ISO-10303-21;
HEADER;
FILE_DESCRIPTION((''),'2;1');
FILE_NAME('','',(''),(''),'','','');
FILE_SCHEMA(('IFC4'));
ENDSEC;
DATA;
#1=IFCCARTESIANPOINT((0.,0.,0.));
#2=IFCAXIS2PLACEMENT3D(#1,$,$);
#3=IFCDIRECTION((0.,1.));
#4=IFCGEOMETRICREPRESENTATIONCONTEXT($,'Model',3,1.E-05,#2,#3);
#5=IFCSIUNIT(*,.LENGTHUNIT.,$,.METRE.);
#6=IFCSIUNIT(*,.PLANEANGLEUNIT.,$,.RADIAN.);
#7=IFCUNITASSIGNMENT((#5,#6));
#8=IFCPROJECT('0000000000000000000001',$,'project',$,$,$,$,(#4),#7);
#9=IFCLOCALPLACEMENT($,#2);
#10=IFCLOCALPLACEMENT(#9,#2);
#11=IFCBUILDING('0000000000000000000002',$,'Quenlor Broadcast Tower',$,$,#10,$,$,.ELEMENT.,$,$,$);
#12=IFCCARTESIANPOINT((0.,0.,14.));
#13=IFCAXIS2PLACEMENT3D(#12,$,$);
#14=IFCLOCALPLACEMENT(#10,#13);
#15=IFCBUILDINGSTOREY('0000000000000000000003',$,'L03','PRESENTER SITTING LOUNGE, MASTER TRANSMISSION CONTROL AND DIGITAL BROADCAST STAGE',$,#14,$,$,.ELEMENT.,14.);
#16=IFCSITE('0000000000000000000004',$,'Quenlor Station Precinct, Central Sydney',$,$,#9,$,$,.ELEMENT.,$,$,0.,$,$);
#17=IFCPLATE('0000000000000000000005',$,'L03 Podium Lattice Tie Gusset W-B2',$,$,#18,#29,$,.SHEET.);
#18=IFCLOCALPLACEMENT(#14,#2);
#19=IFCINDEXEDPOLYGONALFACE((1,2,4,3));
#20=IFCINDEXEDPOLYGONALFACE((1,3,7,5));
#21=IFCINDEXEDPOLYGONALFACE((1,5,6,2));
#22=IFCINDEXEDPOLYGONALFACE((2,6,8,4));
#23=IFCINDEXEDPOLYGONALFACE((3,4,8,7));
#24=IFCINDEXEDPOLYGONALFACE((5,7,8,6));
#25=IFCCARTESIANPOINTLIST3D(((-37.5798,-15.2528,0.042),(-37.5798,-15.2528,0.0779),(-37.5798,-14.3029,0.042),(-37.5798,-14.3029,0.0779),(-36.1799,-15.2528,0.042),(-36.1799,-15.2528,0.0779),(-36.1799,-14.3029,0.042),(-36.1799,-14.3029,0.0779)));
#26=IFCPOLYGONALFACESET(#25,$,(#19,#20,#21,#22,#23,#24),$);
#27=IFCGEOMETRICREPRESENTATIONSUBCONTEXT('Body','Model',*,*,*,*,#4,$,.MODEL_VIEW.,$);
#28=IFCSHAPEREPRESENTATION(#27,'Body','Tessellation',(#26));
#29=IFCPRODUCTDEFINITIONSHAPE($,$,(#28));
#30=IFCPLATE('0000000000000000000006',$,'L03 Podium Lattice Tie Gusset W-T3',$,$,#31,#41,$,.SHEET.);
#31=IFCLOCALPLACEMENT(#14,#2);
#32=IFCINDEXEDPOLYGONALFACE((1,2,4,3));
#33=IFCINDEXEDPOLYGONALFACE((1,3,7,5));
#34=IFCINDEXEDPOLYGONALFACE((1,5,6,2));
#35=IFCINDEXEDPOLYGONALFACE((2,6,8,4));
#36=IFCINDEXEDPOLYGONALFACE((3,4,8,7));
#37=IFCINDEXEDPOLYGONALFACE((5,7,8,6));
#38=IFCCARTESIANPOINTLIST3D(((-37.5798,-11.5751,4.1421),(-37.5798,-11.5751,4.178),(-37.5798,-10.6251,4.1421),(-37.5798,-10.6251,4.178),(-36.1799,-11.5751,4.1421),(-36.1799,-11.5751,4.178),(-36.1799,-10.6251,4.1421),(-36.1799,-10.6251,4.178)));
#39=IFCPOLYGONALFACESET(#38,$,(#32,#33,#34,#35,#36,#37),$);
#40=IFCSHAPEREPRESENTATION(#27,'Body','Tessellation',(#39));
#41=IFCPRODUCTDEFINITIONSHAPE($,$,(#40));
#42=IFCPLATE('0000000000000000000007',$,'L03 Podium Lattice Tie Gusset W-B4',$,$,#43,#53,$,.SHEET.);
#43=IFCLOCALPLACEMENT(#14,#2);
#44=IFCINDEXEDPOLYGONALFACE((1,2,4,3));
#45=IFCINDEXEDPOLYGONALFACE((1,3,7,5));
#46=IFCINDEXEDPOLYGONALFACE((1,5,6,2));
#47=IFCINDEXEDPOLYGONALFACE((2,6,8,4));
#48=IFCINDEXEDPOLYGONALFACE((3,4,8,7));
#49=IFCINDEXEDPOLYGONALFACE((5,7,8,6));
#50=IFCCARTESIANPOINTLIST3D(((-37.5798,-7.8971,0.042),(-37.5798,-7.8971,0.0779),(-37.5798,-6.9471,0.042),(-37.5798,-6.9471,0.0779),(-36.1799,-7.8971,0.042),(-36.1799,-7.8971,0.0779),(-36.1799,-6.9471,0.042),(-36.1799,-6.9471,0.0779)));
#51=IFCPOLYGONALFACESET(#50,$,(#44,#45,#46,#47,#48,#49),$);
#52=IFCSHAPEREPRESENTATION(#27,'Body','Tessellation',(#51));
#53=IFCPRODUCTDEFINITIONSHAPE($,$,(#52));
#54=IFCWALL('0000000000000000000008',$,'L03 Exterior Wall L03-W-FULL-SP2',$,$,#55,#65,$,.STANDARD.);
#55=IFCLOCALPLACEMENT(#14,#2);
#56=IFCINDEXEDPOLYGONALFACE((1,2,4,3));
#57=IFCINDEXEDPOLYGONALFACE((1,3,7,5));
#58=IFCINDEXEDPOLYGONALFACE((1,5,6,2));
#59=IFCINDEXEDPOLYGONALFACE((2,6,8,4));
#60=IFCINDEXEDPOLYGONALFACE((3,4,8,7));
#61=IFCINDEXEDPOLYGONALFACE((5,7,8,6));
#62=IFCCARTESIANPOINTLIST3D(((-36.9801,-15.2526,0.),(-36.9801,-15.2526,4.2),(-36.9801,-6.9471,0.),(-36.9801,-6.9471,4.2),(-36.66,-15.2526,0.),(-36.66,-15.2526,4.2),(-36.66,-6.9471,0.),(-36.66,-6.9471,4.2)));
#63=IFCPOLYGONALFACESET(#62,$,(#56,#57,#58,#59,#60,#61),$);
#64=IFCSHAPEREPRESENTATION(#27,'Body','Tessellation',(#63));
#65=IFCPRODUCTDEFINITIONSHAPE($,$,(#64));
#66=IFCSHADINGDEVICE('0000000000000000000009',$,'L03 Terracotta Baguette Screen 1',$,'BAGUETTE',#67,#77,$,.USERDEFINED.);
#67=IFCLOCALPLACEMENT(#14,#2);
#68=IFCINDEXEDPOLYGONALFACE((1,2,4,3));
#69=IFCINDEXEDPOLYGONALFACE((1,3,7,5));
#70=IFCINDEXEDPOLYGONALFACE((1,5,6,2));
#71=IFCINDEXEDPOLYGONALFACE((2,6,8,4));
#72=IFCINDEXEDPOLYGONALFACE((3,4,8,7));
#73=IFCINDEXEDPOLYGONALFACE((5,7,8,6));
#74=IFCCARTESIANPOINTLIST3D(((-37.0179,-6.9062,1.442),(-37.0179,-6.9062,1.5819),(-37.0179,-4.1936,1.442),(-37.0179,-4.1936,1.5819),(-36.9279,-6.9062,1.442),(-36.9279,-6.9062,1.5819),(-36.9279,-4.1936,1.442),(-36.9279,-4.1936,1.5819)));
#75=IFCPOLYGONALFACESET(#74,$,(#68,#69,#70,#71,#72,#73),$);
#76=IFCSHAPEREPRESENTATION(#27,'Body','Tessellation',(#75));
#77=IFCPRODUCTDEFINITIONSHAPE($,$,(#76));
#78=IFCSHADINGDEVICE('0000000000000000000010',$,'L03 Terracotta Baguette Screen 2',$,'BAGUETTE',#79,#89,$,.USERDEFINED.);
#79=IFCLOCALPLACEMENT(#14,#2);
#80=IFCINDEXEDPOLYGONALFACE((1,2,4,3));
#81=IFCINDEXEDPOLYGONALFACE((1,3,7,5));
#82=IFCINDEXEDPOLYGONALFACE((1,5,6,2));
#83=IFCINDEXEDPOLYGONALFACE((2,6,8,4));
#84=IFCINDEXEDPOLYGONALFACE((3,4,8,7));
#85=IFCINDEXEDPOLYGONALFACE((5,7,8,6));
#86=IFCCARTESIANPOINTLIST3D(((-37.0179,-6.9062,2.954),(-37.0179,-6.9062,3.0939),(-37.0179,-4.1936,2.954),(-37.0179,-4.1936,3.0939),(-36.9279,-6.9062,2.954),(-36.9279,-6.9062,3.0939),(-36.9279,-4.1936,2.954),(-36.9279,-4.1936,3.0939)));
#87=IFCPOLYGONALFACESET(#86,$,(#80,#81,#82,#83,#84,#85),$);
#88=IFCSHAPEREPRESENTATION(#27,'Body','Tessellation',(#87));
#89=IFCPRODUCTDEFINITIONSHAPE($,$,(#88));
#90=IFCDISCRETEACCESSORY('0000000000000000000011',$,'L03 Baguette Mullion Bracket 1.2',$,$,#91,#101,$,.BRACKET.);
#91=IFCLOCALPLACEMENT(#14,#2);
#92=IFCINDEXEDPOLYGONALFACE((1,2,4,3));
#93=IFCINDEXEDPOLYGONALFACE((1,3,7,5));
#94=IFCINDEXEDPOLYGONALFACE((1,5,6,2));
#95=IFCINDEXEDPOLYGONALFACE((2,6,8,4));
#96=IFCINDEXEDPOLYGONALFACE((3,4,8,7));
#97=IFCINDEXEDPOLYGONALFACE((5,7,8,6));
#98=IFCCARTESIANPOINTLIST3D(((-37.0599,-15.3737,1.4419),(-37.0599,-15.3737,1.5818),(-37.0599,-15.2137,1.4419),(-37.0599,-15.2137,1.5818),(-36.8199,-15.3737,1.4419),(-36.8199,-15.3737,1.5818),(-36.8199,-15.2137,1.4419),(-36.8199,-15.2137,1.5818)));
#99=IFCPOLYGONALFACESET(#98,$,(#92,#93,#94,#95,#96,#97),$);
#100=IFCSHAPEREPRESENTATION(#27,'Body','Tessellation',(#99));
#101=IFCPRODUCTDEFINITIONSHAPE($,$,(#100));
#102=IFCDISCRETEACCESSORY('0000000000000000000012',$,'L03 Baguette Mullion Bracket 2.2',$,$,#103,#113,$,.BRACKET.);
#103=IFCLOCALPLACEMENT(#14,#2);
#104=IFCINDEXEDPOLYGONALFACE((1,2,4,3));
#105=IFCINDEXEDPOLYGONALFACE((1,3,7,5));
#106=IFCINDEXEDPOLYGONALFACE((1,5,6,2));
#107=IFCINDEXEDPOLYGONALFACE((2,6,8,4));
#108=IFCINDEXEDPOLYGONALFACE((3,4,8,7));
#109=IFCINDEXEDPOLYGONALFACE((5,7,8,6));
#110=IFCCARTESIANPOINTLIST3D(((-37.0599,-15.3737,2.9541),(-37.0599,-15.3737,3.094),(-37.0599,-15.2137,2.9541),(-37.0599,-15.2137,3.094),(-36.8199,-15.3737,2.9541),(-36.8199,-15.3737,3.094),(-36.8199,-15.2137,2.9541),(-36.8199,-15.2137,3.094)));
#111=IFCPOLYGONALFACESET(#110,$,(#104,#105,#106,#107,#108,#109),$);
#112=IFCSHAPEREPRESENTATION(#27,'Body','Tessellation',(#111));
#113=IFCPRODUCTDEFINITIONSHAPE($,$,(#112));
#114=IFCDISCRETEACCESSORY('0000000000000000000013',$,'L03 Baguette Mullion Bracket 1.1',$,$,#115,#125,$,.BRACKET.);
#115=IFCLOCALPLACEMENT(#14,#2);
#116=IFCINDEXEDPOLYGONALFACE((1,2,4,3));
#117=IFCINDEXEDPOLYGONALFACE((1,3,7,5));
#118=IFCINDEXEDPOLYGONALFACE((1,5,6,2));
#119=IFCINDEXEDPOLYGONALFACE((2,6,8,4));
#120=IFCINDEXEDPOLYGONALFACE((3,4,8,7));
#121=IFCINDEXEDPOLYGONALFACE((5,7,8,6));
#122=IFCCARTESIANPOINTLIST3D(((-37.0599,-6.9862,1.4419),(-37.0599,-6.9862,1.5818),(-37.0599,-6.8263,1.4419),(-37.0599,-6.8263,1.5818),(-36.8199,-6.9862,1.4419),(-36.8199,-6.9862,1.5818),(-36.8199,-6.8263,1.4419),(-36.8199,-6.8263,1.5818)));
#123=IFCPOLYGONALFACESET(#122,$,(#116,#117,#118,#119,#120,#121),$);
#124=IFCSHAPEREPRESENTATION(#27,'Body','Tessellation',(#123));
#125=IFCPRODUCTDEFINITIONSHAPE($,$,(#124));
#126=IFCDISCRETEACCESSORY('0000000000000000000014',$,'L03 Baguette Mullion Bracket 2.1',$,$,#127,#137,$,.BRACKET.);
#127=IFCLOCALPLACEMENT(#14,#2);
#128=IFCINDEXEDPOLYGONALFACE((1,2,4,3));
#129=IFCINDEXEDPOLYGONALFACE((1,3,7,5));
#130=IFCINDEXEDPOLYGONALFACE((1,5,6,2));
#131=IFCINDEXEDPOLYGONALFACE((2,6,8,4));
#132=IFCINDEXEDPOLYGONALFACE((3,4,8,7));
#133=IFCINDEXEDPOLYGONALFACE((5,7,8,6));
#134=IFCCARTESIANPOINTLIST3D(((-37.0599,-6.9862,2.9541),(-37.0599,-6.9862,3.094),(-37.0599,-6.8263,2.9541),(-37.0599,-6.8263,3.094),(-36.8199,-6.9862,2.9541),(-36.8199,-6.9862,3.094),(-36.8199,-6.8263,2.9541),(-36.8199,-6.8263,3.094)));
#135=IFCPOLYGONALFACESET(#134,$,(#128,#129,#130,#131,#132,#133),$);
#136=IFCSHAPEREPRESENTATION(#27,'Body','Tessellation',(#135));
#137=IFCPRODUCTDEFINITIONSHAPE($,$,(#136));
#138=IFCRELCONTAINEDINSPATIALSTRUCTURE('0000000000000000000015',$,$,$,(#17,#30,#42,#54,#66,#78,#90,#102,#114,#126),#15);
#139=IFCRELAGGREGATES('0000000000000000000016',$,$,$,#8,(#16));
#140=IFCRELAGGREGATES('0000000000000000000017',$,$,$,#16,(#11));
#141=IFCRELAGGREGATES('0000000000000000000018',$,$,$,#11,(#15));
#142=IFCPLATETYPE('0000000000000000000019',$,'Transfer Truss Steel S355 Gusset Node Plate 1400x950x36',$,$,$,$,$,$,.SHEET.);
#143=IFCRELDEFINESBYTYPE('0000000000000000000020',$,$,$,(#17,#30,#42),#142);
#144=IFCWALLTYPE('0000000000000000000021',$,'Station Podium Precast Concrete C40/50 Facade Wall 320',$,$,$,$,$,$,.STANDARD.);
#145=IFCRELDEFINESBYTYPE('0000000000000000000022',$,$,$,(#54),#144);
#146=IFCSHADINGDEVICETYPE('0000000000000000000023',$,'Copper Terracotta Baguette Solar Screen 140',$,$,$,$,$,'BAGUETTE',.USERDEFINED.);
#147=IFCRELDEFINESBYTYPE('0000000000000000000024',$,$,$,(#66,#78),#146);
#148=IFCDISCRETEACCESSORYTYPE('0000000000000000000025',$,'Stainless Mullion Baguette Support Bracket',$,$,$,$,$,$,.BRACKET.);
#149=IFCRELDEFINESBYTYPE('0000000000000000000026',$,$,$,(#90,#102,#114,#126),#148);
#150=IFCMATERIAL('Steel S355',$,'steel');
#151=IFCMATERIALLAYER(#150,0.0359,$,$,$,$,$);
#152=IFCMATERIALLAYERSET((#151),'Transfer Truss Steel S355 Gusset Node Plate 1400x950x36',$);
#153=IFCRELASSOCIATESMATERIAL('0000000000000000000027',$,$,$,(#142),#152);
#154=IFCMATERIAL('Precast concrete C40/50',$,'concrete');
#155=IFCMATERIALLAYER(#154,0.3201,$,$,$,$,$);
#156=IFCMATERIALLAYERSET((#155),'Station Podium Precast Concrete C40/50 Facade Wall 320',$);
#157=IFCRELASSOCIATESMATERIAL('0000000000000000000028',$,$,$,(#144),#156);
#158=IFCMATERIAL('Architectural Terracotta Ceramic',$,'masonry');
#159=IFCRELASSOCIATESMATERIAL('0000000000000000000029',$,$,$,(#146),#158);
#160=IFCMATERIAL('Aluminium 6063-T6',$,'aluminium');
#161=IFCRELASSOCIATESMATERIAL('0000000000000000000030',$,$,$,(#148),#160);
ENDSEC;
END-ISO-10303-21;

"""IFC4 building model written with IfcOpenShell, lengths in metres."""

from ifc_helpers import new_model, si_unit, direction, frame, frame_2d, origin, origin_2d, place, context, subcontext, project, spatial, rectangle, extrude, material, layer, layer_set, material_profile, profile_set, type_object, element, save


model = new_model("IFC4")

# Units and contexts
model_context = context("Model", 3, precision=1e-05, world=origin(), true_north=direction((0.0, 1.0)))
body_context = subcontext(model_context, "Body", "Model", "MODEL_VIEW")
ifc_project = project(units=[si_unit("LENGTHUNIT", "METRE"), si_unit("PLANEANGLEUNIT", "RADIAN")], contexts=[model_context])

# Site, building, storey
site_placement = place(None, origin())
site = spatial("IfcSite", under=ifc_project, at=site_placement, Name="Quenlor Station Precinct, Central Sydney", CompositionType="ELEMENT", RefElevation=0.0)
building_placement = place(site_placement, origin())
building = spatial("IfcBuilding", under=site, at=building_placement, Name="Quenlor Broadcast Tower", CompositionType="ELEMENT")
storey_placement = place(building_placement, frame((0.0, 0.0, 14.0)))
storey = spatial("IfcBuildingStorey", under=building, at=storey_placement, Name="L03", Description="PRESENTER SITTING LOUNGE, MASTER TRANSMISSION CONTROL AND DIGITAL BROADCAST STAGE", CompositionType="ELEMENT", Elevation=14.0)

# Plates
ifc_material_1 = material(Name="Steel S355", Category="steel")
ifc_layer_1 = layer(ifc_material_1, 0.0359)
ifc_layer_set_1 = layer_set([ifc_layer_1], Name="Transfer Truss Steel S355 Gusset Node Plate 1400x950x36")
plate_type = type_object("IfcPlateType", Name="Transfer Truss Steel S355 Gusset Node Plate 1400x950x36", PredefinedType="SHEET", material=ifc_layer_set_1)
for number, where, z_axis, x_axis, name in (
    (1, (-36.8799, -14.7778, 0.042), (0.0, 0.0, 1.0), (-1.0, 0.0, 0.0), "L03 Podium Lattice Tie Gusset W-B2"),
    (2, (-36.8799, -11.1001, 4.1421), (0.0, 0.0, 1.0), (-1.0, 0.0, 0.0), "L03 Podium Lattice Tie Gusset W-T3"),
    (3, (-36.8799, -7.4221, 0.042), (0.0, 0.0, 1.0), (-1.0, 0.0, 0.0), "L03 Podium Lattice Tie Gusset W-B4"),
):
    element("IfcPlate", number, at=place(storey_placement, frame(where, z_axis=z_axis, x_axis=x_axis)), inside=storey, type_object=plate_type, Name=name, PredefinedType="SHEET", context=body_context, shape_type="SweptSolid", body=[
        extrude(rectangle(XDim=1.3999, YDim=0.95, at=origin_2d()), origin(), (0.0, 0.0, 1.0), 0.0359),
    ])

# Wall
ifc_material_2 = material(Name="Precast concrete C40/50", Category="concrete")
ifc_layer_2 = layer(ifc_material_2, 0.3201)
ifc_layer_set_2 = layer_set([ifc_layer_2], Name="Station Podium Precast Concrete C40/50 Facade Wall 320")
wall_type = type_object("IfcWallType", Name="Station Podium Precast Concrete C40/50 Facade Wall 320", PredefinedType="STANDARD", material=ifc_layer_set_2)
wall_placement = place(storey_placement, frame((-36.8201, -15.2527, 0.0), z_axis=(0.0, 0.0, 1.0), x_axis=(0.0, 1.0, 0.0)))
element("IfcWall", 4, at=wall_placement, inside=storey, type_object=wall_type, Name="L03 Exterior Wall L03-W-FULL-SP2", PredefinedType="STANDARD", context=body_context, shape_type="SweptSolid", body=[
    extrude(rectangle(XDim=8.3054, YDim=0.3201, at=frame_2d((4.1528, 0.0))), origin(), (0.0, 0.0, 1.0), 4.2),
])

# Shading devices
ifc_material_3 = material(Name="Architectural Terracotta Ceramic", Category="masonry")
ifc_material_profile_1 = material_profile(ifc_material_3, rectangle(XDim=0.0901, YDim=0.1399, at=origin_2d()))
ifc_profile_set_1 = profile_set([ifc_material_profile_1], Name="Architectural Terracotta Ceramic BAG90x140")
shading_device_type = type_object("IfcShadingDeviceType", Name="Copper Terracotta Baguette Solar Screen 140", ElementType="BAGUETTE", PredefinedType="USERDEFINED", material=ifc_profile_set_1)
for number, where, z_axis, x_axis, name in (
    (5, (-36.9729, -6.9062, 1.512), (0.0, 1.0, 0.0), (-1.0, 0.0, 0.0), "L03 Terracotta Baguette Screen 1"),
    (6, (-36.9729, -6.9062, 3.0239), (0.0, 1.0, 0.0), (-1.0, 0.0, 0.0), "L03 Terracotta Baguette Screen 2"),
):
    element("IfcShadingDevice", number, at=place(storey_placement, frame(where, z_axis=z_axis, x_axis=x_axis)), inside=storey, type_object=shading_device_type, Name=name, ObjectType="BAGUETTE", PredefinedType="USERDEFINED", context=body_context, shape_type="SweptSolid", body=[
        extrude(rectangle(XDim=0.0901, YDim=0.1399, at=origin_2d()), origin(), (0.0, 0.0, 1.0), 2.7126),
    ])

# Discrete accessories
ifc_material_4 = material(Name="Aluminium 6063-T6", Category="aluminium")
discrete_accessory_type = type_object("IfcDiscreteAccessoryType", Name="Stainless Mullion Baguette Support Bracket", PredefinedType="BRACKET", material=ifc_material_4)
for number, where, z_axis, x_axis, name in (
    (7, (-36.9399, -15.2937, 1.4419), (0.0, 0.0, 1.0), (0.0, 1.0, 0.0), "L03 Baguette Mullion Bracket 1.2"),
    (8, (-36.9399, -15.2937, 2.9541), (0.0, 0.0, 1.0), (0.0, 1.0, 0.0), "L03 Baguette Mullion Bracket 2.2"),
    (9, (-36.9399, -6.9062, 1.4419), (0.0, 0.0, 1.0), (0.0, 1.0, 0.0), "L03 Baguette Mullion Bracket 1.1"),
    (10, (-36.9399, -6.9062, 2.9541), (0.0, 0.0, 1.0), (0.0, 1.0, 0.0), "L03 Baguette Mullion Bracket 2.1"),
):
    element("IfcDiscreteAccessory", number, at=place(storey_placement, frame(where, z_axis=z_axis, x_axis=x_axis)), inside=storey, type_object=discrete_accessory_type, Name=name, PredefinedType="BRACKET", context=body_context, shape_type="SweptSolid", body=[
        extrude(rectangle(XDim=0.1599, YDim=0.24, at=origin_2d()), origin(), (0.0, 0.0, 1.0), 0.1399),
    ])

save(model, "model.ifc")
